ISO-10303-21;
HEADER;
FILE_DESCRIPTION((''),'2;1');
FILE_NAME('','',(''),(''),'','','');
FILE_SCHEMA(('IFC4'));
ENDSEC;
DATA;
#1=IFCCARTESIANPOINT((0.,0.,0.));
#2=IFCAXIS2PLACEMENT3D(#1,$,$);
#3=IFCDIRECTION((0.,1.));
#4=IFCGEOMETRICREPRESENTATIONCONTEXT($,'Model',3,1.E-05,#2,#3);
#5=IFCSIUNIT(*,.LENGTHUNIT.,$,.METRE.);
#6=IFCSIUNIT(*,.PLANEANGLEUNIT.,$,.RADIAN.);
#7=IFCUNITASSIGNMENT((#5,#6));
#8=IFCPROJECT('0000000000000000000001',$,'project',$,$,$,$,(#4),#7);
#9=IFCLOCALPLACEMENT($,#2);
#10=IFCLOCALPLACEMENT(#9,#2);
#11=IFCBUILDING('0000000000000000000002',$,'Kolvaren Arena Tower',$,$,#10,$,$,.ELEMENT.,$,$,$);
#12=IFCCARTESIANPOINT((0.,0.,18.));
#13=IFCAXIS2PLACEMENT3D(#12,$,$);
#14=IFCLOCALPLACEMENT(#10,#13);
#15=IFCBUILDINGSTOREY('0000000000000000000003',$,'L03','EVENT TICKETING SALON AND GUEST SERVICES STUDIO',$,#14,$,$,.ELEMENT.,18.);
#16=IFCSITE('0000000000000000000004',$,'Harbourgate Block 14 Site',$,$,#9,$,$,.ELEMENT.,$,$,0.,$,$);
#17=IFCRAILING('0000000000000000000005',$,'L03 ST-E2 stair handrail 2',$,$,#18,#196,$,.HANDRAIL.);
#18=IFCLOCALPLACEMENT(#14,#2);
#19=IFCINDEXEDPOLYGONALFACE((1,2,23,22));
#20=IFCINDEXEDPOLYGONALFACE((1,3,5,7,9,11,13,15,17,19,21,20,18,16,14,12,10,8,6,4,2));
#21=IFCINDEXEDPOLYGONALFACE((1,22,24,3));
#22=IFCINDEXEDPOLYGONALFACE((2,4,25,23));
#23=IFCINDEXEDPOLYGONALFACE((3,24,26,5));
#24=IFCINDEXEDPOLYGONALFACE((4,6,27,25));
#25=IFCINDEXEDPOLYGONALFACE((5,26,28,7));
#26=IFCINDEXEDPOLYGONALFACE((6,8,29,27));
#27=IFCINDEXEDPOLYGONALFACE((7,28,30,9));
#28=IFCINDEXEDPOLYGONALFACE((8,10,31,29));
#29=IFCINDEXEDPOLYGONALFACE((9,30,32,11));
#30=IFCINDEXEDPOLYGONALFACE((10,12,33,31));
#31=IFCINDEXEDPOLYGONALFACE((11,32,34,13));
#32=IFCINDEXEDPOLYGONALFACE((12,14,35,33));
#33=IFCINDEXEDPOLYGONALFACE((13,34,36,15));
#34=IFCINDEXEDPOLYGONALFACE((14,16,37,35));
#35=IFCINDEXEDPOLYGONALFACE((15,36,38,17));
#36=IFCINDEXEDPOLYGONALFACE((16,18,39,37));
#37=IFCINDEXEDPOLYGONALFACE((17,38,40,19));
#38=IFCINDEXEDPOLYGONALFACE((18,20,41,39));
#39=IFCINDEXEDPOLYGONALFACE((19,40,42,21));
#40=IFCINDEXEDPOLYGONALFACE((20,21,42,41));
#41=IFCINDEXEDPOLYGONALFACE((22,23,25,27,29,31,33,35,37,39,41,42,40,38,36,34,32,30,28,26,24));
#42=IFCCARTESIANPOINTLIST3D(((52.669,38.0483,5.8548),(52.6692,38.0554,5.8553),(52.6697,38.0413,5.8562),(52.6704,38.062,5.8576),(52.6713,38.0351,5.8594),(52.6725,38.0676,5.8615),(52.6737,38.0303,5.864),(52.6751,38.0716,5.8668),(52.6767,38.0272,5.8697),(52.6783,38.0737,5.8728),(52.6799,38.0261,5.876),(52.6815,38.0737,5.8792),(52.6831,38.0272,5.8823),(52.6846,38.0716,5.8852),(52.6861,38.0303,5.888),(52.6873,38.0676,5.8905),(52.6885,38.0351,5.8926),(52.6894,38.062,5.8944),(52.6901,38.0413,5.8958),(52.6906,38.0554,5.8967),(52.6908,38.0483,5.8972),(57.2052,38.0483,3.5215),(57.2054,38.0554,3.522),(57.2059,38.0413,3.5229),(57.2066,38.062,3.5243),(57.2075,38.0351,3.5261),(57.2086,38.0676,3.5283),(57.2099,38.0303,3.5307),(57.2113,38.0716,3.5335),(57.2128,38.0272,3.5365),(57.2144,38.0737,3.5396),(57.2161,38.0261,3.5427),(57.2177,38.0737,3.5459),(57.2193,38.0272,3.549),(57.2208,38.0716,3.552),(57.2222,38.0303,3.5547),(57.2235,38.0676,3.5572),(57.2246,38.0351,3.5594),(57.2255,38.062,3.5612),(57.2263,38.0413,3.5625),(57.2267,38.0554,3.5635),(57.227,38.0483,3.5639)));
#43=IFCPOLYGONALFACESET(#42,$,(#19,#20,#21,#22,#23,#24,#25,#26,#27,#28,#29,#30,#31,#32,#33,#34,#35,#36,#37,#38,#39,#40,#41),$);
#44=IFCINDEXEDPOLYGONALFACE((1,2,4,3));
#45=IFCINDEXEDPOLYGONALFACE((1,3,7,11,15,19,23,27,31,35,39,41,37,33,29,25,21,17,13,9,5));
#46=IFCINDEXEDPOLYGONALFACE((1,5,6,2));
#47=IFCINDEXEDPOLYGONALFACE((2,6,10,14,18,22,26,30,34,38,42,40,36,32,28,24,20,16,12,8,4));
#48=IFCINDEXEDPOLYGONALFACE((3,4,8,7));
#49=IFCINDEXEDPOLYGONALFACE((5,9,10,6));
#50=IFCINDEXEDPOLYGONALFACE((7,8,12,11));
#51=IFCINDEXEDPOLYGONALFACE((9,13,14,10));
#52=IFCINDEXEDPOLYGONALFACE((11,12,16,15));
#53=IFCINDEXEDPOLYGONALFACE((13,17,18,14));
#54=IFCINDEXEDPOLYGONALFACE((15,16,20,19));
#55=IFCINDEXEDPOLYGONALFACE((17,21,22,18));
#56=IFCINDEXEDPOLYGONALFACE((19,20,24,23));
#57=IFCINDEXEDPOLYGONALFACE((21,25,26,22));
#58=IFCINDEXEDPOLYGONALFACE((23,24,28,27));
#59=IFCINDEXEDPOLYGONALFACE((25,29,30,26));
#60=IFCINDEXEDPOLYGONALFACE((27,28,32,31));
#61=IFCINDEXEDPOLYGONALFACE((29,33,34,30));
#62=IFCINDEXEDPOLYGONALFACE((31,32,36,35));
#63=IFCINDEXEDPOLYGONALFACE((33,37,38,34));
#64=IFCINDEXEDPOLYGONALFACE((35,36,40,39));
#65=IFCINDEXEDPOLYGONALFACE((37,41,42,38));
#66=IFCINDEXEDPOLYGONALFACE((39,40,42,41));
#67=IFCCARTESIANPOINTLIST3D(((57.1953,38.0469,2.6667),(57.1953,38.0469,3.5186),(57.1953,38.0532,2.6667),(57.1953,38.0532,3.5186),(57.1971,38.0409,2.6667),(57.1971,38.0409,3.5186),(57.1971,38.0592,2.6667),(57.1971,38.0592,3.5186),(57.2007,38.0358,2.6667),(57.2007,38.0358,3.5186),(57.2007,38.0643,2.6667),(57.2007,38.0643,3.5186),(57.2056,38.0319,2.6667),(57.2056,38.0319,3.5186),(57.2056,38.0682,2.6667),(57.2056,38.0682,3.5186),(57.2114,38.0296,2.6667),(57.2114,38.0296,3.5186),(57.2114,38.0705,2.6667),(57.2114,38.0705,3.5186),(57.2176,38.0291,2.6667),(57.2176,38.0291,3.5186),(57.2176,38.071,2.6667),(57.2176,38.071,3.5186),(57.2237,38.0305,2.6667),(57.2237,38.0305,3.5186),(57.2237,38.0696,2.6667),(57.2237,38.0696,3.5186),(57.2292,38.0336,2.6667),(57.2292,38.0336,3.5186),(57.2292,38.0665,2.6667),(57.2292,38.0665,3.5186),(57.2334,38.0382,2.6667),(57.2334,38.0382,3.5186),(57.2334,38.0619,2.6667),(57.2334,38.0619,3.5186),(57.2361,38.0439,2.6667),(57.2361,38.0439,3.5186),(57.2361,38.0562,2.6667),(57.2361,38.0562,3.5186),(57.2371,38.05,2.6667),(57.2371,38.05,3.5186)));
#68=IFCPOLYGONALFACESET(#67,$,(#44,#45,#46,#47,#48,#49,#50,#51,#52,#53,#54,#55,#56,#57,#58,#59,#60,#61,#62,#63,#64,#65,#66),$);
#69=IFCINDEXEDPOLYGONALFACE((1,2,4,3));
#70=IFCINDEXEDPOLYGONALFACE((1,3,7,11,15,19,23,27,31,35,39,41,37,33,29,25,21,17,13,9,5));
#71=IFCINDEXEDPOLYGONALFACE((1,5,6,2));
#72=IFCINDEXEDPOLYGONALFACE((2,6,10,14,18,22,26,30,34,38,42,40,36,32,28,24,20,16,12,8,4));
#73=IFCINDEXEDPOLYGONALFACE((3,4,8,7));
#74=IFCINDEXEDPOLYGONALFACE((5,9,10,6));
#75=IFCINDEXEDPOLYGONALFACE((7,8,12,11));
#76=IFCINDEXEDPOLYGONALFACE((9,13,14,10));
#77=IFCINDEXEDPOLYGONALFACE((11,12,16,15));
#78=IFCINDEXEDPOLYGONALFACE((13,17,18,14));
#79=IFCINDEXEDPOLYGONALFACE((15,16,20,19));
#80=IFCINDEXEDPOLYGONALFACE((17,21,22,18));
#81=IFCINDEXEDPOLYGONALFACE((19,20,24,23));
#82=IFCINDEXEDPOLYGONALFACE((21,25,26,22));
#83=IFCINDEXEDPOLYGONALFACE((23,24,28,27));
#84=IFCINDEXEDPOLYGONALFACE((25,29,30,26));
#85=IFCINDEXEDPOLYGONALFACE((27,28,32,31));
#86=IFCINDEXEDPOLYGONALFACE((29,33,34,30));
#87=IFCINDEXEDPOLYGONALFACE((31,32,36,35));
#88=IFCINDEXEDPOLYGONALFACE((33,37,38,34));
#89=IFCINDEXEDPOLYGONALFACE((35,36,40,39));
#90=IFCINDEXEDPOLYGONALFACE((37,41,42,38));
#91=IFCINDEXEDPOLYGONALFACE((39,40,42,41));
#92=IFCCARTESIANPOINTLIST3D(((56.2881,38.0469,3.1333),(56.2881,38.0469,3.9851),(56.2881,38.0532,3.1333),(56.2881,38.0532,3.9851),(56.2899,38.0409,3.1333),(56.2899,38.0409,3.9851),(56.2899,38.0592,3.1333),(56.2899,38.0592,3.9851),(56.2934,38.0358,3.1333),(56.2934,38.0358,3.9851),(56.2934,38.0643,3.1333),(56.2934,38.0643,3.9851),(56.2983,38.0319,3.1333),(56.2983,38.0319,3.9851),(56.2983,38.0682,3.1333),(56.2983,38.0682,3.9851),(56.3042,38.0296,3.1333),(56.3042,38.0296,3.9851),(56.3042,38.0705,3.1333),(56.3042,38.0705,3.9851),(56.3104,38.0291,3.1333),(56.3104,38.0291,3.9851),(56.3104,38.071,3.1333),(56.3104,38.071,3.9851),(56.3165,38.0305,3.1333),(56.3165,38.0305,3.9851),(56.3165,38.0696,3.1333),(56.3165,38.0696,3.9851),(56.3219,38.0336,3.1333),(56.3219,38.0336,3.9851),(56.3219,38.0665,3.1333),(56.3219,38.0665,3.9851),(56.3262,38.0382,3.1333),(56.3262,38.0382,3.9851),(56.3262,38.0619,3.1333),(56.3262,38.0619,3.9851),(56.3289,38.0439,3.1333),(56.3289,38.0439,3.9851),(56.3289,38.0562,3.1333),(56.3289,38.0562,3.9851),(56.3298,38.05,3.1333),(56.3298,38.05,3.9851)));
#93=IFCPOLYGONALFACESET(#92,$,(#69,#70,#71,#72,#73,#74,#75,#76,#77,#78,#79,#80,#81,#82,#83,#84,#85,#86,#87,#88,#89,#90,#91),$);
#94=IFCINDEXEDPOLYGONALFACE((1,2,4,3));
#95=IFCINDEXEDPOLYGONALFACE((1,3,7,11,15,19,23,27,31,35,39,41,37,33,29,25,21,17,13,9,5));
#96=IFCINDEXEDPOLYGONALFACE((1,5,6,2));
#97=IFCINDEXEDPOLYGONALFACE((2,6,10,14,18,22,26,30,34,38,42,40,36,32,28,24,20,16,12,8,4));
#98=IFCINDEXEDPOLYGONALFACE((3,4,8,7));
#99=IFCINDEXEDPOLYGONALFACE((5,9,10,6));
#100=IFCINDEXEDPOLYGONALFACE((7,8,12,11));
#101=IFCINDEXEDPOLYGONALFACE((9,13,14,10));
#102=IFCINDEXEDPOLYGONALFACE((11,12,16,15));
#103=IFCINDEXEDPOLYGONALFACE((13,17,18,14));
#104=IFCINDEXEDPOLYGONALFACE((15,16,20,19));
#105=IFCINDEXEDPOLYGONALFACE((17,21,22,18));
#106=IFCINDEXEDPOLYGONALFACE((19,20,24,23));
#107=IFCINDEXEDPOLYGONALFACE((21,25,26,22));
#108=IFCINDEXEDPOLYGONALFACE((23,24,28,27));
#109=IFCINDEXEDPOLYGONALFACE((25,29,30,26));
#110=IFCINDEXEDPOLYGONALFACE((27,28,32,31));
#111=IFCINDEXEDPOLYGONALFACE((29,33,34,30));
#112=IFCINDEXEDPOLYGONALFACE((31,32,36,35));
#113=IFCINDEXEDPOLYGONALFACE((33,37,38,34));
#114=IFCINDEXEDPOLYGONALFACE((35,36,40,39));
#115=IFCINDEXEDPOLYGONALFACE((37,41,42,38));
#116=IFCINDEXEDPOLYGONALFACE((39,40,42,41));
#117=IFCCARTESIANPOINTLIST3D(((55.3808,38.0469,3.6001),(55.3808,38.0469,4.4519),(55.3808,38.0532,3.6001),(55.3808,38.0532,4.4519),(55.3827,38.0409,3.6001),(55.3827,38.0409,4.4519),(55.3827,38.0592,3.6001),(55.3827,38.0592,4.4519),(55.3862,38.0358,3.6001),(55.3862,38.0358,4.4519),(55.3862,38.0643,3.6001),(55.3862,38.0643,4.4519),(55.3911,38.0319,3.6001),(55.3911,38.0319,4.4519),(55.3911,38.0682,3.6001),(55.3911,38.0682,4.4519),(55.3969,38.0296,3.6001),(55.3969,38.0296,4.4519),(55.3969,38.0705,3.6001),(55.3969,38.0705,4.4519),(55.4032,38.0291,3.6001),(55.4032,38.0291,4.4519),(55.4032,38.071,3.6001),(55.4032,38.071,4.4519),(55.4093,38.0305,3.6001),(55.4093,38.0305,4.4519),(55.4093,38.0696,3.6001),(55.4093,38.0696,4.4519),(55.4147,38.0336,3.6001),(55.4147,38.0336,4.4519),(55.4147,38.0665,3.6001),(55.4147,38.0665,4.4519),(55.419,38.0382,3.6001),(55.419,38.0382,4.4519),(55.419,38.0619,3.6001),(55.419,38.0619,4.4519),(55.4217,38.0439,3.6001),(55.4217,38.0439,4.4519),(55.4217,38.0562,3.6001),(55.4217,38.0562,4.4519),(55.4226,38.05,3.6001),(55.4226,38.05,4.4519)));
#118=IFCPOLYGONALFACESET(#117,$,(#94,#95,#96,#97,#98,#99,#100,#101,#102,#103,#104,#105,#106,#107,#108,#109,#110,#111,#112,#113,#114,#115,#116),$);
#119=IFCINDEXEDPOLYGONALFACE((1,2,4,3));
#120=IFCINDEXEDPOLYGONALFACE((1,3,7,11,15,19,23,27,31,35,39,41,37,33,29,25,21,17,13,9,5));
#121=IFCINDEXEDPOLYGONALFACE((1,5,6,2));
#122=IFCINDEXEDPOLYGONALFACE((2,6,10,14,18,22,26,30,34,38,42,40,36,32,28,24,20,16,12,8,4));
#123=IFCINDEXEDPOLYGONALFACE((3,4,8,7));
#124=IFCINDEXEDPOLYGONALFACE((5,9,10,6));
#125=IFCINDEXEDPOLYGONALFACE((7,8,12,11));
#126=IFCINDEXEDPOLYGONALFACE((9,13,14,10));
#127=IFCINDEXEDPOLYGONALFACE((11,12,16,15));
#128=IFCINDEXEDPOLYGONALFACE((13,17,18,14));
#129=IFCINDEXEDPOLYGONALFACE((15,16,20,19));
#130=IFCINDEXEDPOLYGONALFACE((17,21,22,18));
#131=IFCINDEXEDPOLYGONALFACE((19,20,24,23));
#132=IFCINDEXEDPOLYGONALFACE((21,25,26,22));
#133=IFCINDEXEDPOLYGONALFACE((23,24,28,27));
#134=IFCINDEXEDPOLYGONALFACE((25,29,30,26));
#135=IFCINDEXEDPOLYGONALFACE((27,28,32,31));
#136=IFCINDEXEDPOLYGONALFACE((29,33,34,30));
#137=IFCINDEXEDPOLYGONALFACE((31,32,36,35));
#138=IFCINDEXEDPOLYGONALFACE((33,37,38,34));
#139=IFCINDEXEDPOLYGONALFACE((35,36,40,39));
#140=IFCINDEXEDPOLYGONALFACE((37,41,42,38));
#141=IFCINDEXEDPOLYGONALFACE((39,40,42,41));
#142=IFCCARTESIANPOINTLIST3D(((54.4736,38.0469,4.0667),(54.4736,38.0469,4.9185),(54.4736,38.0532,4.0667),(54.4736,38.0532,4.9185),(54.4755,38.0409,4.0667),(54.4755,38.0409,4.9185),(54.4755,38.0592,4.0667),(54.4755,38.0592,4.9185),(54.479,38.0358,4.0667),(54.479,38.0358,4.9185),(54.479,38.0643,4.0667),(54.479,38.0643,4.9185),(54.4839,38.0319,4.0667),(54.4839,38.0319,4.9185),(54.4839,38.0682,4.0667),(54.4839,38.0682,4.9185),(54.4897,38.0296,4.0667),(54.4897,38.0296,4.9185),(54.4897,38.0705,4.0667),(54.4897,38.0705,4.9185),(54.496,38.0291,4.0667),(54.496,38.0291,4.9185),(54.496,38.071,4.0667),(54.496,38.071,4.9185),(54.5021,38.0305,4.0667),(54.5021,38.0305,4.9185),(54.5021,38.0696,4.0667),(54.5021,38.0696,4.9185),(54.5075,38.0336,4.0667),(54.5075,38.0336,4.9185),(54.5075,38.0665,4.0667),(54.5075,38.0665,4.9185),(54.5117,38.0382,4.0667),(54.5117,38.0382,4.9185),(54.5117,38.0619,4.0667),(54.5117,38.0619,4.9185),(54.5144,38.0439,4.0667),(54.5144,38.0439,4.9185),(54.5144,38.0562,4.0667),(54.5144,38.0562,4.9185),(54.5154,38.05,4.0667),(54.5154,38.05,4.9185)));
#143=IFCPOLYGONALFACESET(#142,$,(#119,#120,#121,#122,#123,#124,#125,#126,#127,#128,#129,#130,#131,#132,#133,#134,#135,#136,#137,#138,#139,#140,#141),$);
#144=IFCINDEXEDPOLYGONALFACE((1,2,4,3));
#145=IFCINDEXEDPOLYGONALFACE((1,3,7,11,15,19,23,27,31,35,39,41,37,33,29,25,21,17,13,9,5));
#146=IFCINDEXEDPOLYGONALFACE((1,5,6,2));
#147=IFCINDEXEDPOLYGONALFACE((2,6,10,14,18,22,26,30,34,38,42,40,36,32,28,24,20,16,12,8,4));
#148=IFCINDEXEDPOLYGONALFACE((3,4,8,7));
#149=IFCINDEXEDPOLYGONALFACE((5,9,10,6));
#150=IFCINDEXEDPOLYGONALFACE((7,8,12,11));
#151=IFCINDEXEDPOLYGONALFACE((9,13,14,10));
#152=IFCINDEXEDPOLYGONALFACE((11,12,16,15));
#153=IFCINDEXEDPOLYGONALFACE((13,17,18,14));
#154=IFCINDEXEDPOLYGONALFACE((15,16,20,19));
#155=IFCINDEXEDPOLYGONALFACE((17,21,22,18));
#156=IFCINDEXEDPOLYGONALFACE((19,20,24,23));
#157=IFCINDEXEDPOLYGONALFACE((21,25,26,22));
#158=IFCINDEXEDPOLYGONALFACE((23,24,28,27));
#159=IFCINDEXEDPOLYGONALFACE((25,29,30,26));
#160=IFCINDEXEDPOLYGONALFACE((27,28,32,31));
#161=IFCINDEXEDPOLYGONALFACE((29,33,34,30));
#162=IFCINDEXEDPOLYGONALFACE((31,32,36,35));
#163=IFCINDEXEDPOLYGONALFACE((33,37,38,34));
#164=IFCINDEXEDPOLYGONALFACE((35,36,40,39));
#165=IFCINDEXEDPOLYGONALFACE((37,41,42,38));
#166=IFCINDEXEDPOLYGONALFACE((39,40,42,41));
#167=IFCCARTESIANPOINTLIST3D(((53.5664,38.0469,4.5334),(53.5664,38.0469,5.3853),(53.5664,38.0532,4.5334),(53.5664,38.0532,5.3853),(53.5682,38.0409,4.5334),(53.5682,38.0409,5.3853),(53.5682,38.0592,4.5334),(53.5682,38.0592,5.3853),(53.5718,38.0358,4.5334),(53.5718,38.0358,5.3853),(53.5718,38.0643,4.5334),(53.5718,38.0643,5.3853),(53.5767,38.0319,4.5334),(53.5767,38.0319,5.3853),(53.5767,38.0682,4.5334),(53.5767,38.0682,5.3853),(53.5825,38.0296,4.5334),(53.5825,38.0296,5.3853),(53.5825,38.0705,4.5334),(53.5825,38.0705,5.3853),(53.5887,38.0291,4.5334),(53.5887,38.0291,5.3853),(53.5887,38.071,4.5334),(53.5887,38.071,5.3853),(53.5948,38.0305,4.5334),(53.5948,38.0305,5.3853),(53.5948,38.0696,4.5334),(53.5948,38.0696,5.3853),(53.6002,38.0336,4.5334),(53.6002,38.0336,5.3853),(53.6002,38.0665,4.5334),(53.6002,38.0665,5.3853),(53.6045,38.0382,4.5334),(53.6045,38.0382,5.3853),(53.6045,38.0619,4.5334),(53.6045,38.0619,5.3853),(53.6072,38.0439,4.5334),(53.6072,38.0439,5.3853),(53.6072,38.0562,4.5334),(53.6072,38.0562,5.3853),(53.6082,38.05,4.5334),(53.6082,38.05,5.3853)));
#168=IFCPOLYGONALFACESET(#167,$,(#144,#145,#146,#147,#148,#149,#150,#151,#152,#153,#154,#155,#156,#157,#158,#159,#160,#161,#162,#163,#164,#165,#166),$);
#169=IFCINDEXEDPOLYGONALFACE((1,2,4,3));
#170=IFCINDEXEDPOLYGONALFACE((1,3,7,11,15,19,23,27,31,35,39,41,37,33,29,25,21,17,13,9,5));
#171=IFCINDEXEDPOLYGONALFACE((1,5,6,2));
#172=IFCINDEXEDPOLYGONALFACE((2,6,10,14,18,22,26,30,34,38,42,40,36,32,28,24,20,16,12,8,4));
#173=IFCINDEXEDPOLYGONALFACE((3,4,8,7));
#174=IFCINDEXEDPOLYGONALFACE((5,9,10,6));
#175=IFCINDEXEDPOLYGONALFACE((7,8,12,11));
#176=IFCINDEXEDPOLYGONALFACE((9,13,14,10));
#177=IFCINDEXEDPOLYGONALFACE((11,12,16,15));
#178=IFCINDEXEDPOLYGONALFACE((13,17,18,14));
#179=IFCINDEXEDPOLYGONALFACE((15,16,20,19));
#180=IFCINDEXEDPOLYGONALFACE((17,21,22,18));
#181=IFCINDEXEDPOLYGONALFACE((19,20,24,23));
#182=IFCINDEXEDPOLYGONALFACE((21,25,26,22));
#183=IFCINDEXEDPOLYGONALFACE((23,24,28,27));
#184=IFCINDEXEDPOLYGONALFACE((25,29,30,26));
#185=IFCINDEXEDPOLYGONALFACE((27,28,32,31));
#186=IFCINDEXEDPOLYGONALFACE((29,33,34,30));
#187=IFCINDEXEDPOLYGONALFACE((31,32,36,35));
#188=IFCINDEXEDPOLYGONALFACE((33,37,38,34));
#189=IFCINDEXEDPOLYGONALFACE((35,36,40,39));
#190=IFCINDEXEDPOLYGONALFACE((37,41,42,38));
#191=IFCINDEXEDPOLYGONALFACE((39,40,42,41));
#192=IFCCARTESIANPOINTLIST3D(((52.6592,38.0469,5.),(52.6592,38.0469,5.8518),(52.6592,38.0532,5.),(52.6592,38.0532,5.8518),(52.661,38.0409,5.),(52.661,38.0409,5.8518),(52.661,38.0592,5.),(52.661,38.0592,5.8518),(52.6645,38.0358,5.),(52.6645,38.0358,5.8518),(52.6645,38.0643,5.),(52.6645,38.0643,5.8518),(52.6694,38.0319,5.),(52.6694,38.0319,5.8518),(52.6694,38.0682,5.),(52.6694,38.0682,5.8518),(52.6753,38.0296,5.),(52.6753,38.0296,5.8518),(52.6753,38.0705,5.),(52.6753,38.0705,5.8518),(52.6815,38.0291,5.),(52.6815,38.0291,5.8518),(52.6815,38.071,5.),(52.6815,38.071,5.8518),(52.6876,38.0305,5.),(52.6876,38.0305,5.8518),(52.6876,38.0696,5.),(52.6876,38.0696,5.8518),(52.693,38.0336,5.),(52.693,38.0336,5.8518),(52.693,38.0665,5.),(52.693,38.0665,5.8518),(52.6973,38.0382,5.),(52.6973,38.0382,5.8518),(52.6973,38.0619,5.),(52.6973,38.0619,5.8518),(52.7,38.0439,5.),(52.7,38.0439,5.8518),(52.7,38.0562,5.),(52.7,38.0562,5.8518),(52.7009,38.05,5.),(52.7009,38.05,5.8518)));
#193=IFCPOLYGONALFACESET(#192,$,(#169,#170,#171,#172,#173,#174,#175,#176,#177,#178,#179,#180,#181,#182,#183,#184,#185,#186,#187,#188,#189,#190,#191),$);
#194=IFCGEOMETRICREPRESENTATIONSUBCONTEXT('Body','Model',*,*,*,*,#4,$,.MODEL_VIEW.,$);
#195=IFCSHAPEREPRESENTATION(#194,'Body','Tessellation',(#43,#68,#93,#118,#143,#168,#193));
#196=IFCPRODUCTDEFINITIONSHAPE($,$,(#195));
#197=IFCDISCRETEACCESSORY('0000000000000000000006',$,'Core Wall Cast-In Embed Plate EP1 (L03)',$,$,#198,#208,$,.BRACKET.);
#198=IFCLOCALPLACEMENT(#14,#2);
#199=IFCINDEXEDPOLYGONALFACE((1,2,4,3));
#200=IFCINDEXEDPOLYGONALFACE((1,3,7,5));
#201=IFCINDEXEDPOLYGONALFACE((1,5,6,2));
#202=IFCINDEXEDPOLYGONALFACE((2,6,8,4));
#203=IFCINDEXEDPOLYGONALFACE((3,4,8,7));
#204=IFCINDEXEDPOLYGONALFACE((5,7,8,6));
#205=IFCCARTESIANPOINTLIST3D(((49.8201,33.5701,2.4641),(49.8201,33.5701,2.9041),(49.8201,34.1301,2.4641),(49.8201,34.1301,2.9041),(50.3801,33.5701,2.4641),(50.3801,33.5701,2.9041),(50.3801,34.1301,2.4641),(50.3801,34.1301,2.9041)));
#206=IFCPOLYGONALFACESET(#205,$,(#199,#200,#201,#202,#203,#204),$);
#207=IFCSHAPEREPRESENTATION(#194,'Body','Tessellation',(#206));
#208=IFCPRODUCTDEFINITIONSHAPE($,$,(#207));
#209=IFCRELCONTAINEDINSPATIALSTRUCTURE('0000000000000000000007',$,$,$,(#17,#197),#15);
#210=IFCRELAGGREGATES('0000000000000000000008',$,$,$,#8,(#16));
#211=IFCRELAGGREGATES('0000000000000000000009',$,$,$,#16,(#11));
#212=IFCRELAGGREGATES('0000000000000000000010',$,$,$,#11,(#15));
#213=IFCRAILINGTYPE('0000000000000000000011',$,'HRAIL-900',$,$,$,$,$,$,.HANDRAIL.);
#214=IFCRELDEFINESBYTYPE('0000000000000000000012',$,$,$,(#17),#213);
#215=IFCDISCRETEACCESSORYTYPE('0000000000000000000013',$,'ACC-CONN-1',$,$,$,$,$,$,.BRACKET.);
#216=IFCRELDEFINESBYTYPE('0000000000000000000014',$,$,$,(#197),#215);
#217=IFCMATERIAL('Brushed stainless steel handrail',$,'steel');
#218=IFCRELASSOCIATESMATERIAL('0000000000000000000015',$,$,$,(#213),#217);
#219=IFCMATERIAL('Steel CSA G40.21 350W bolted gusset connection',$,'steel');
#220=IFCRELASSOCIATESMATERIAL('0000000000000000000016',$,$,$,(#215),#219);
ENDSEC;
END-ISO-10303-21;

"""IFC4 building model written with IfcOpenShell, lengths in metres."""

from ifc_helpers import new_model, si_unit, direction, frame, origin, origin_2d, place, context, subcontext, project, spatial, rectangle, circle, extrude, material, type_object, element, save


model = new_model("IFC4")

# Units and contexts
model_context = context("Model", 3, precision=1e-05, world=origin(), true_north=direction((0.0, 1.0)))
body_context = subcontext(model_context, "Body", "Model", "MODEL_VIEW")
ifc_project = project(units=[si_unit("LENGTHUNIT", "METRE"), si_unit("PLANEANGLEUNIT", "RADIAN")], contexts=[model_context])

# Site, building, storey
site_placement = place(None, origin())
site = spatial("IfcSite", under=ifc_project, at=site_placement, Name="Harbourgate Block 14 Site", CompositionType="ELEMENT", RefElevation=0.0)
building_placement = place(site_placement, origin())
building = spatial("IfcBuilding", under=site, at=building_placement, Name="Kolvaren Arena Tower", CompositionType="ELEMENT")
storey_placement = place(building_placement, frame((0.0, 0.0, 18.0)))
storey = spatial("IfcBuildingStorey", under=building, at=storey_placement, Name="L03", Description="EVENT TICKETING SALON AND GUEST SERVICES STUDIO", CompositionType="ELEMENT", Elevation=18.0)

# Railing
ifc_material_1 = material(Name="Brushed stainless steel handrail", Category="steel")
railing_type_1 = type_object("IfcRailingType", Name="HRAIL-900", PredefinedType="HANDRAIL", material=ifc_material_1)
railing_1_placement = place(storey_placement, frame((57.2161, 38.05, 2.6667)))
element("IfcRailing", 1, at=railing_1_placement, inside=storey, type_object=railing_type_1, Name="L03 ST-E2 stair handrail 2", PredefinedType="HANDRAIL", context=body_context, shape_type="SweptSolid", body=[
    extrude(circle(Radius=0.0239, at=origin_2d()), frame((0.0, 0.0, 0.876), z_axis=(-0.889257, 0.0, 0.457407), x_axis=(0.0, -1.0, 0.0)), (0.0, 0.0, 1.0), 5.1011),
    extrude(circle(Radius=0.021, at=origin_2d()), origin(), (0.0, 0.0, 1.0), 0.8518),
    extrude(circle(Radius=0.021, at=origin_2d()), frame((-0.9072, 0.0, 0.4666)), (0.0, 0.0, 1.0), 0.8518),
    extrude(circle(Radius=0.021, at=origin_2d()), frame((-1.8145, 0.0, 0.9333)), (0.0, 0.0, 1.0), 0.8518),
    extrude(circle(Radius=0.021, at=origin_2d()), frame((-2.7217, 0.0, 1.3999)), (0.0, 0.0, 1.0), 0.8518),
    extrude(circle(Radius=0.021, at=origin_2d()), frame((-3.6289, 0.0, 1.8667)), (0.0, 0.0, 1.0), 0.8518),
    extrude(circle(Radius=0.021, at=origin_2d()), frame((-4.5361, 0.0, 2.3333)), (0.0, 0.0, 1.0), 0.8518),
])

# Discrete accessory
ifc_material_2 = material(Name="Steel CSA G40.21 350W bolted gusset connection", Category="steel")
discrete_accessory_type = type_object("IfcDiscreteAccessoryType", Name="ACC-CONN-1", PredefinedType="BRACKET", material=ifc_material_2)
discrete_accessory_placement = place(storey_placement, frame((50.1001, 33.8501, 2.4641), z_axis=(0.0, 0.0, 1.0), x_axis=(1.0, 0.0, 0.0)))
element("IfcDiscreteAccessory", 2, at=discrete_accessory_placement, inside=storey, type_object=discrete_accessory_type, Name="Core Wall Cast-In Embed Plate EP1 (L03)", PredefinedType="BRACKET", context=body_context, shape_type="SweptSolid", body=[
    extrude(rectangle(XDim=0.5601, YDim=0.5601, at=origin_2d()), origin(), (0.0, 0.0, 1.0), 0.4399),
])

save(model, "model.ifc")
